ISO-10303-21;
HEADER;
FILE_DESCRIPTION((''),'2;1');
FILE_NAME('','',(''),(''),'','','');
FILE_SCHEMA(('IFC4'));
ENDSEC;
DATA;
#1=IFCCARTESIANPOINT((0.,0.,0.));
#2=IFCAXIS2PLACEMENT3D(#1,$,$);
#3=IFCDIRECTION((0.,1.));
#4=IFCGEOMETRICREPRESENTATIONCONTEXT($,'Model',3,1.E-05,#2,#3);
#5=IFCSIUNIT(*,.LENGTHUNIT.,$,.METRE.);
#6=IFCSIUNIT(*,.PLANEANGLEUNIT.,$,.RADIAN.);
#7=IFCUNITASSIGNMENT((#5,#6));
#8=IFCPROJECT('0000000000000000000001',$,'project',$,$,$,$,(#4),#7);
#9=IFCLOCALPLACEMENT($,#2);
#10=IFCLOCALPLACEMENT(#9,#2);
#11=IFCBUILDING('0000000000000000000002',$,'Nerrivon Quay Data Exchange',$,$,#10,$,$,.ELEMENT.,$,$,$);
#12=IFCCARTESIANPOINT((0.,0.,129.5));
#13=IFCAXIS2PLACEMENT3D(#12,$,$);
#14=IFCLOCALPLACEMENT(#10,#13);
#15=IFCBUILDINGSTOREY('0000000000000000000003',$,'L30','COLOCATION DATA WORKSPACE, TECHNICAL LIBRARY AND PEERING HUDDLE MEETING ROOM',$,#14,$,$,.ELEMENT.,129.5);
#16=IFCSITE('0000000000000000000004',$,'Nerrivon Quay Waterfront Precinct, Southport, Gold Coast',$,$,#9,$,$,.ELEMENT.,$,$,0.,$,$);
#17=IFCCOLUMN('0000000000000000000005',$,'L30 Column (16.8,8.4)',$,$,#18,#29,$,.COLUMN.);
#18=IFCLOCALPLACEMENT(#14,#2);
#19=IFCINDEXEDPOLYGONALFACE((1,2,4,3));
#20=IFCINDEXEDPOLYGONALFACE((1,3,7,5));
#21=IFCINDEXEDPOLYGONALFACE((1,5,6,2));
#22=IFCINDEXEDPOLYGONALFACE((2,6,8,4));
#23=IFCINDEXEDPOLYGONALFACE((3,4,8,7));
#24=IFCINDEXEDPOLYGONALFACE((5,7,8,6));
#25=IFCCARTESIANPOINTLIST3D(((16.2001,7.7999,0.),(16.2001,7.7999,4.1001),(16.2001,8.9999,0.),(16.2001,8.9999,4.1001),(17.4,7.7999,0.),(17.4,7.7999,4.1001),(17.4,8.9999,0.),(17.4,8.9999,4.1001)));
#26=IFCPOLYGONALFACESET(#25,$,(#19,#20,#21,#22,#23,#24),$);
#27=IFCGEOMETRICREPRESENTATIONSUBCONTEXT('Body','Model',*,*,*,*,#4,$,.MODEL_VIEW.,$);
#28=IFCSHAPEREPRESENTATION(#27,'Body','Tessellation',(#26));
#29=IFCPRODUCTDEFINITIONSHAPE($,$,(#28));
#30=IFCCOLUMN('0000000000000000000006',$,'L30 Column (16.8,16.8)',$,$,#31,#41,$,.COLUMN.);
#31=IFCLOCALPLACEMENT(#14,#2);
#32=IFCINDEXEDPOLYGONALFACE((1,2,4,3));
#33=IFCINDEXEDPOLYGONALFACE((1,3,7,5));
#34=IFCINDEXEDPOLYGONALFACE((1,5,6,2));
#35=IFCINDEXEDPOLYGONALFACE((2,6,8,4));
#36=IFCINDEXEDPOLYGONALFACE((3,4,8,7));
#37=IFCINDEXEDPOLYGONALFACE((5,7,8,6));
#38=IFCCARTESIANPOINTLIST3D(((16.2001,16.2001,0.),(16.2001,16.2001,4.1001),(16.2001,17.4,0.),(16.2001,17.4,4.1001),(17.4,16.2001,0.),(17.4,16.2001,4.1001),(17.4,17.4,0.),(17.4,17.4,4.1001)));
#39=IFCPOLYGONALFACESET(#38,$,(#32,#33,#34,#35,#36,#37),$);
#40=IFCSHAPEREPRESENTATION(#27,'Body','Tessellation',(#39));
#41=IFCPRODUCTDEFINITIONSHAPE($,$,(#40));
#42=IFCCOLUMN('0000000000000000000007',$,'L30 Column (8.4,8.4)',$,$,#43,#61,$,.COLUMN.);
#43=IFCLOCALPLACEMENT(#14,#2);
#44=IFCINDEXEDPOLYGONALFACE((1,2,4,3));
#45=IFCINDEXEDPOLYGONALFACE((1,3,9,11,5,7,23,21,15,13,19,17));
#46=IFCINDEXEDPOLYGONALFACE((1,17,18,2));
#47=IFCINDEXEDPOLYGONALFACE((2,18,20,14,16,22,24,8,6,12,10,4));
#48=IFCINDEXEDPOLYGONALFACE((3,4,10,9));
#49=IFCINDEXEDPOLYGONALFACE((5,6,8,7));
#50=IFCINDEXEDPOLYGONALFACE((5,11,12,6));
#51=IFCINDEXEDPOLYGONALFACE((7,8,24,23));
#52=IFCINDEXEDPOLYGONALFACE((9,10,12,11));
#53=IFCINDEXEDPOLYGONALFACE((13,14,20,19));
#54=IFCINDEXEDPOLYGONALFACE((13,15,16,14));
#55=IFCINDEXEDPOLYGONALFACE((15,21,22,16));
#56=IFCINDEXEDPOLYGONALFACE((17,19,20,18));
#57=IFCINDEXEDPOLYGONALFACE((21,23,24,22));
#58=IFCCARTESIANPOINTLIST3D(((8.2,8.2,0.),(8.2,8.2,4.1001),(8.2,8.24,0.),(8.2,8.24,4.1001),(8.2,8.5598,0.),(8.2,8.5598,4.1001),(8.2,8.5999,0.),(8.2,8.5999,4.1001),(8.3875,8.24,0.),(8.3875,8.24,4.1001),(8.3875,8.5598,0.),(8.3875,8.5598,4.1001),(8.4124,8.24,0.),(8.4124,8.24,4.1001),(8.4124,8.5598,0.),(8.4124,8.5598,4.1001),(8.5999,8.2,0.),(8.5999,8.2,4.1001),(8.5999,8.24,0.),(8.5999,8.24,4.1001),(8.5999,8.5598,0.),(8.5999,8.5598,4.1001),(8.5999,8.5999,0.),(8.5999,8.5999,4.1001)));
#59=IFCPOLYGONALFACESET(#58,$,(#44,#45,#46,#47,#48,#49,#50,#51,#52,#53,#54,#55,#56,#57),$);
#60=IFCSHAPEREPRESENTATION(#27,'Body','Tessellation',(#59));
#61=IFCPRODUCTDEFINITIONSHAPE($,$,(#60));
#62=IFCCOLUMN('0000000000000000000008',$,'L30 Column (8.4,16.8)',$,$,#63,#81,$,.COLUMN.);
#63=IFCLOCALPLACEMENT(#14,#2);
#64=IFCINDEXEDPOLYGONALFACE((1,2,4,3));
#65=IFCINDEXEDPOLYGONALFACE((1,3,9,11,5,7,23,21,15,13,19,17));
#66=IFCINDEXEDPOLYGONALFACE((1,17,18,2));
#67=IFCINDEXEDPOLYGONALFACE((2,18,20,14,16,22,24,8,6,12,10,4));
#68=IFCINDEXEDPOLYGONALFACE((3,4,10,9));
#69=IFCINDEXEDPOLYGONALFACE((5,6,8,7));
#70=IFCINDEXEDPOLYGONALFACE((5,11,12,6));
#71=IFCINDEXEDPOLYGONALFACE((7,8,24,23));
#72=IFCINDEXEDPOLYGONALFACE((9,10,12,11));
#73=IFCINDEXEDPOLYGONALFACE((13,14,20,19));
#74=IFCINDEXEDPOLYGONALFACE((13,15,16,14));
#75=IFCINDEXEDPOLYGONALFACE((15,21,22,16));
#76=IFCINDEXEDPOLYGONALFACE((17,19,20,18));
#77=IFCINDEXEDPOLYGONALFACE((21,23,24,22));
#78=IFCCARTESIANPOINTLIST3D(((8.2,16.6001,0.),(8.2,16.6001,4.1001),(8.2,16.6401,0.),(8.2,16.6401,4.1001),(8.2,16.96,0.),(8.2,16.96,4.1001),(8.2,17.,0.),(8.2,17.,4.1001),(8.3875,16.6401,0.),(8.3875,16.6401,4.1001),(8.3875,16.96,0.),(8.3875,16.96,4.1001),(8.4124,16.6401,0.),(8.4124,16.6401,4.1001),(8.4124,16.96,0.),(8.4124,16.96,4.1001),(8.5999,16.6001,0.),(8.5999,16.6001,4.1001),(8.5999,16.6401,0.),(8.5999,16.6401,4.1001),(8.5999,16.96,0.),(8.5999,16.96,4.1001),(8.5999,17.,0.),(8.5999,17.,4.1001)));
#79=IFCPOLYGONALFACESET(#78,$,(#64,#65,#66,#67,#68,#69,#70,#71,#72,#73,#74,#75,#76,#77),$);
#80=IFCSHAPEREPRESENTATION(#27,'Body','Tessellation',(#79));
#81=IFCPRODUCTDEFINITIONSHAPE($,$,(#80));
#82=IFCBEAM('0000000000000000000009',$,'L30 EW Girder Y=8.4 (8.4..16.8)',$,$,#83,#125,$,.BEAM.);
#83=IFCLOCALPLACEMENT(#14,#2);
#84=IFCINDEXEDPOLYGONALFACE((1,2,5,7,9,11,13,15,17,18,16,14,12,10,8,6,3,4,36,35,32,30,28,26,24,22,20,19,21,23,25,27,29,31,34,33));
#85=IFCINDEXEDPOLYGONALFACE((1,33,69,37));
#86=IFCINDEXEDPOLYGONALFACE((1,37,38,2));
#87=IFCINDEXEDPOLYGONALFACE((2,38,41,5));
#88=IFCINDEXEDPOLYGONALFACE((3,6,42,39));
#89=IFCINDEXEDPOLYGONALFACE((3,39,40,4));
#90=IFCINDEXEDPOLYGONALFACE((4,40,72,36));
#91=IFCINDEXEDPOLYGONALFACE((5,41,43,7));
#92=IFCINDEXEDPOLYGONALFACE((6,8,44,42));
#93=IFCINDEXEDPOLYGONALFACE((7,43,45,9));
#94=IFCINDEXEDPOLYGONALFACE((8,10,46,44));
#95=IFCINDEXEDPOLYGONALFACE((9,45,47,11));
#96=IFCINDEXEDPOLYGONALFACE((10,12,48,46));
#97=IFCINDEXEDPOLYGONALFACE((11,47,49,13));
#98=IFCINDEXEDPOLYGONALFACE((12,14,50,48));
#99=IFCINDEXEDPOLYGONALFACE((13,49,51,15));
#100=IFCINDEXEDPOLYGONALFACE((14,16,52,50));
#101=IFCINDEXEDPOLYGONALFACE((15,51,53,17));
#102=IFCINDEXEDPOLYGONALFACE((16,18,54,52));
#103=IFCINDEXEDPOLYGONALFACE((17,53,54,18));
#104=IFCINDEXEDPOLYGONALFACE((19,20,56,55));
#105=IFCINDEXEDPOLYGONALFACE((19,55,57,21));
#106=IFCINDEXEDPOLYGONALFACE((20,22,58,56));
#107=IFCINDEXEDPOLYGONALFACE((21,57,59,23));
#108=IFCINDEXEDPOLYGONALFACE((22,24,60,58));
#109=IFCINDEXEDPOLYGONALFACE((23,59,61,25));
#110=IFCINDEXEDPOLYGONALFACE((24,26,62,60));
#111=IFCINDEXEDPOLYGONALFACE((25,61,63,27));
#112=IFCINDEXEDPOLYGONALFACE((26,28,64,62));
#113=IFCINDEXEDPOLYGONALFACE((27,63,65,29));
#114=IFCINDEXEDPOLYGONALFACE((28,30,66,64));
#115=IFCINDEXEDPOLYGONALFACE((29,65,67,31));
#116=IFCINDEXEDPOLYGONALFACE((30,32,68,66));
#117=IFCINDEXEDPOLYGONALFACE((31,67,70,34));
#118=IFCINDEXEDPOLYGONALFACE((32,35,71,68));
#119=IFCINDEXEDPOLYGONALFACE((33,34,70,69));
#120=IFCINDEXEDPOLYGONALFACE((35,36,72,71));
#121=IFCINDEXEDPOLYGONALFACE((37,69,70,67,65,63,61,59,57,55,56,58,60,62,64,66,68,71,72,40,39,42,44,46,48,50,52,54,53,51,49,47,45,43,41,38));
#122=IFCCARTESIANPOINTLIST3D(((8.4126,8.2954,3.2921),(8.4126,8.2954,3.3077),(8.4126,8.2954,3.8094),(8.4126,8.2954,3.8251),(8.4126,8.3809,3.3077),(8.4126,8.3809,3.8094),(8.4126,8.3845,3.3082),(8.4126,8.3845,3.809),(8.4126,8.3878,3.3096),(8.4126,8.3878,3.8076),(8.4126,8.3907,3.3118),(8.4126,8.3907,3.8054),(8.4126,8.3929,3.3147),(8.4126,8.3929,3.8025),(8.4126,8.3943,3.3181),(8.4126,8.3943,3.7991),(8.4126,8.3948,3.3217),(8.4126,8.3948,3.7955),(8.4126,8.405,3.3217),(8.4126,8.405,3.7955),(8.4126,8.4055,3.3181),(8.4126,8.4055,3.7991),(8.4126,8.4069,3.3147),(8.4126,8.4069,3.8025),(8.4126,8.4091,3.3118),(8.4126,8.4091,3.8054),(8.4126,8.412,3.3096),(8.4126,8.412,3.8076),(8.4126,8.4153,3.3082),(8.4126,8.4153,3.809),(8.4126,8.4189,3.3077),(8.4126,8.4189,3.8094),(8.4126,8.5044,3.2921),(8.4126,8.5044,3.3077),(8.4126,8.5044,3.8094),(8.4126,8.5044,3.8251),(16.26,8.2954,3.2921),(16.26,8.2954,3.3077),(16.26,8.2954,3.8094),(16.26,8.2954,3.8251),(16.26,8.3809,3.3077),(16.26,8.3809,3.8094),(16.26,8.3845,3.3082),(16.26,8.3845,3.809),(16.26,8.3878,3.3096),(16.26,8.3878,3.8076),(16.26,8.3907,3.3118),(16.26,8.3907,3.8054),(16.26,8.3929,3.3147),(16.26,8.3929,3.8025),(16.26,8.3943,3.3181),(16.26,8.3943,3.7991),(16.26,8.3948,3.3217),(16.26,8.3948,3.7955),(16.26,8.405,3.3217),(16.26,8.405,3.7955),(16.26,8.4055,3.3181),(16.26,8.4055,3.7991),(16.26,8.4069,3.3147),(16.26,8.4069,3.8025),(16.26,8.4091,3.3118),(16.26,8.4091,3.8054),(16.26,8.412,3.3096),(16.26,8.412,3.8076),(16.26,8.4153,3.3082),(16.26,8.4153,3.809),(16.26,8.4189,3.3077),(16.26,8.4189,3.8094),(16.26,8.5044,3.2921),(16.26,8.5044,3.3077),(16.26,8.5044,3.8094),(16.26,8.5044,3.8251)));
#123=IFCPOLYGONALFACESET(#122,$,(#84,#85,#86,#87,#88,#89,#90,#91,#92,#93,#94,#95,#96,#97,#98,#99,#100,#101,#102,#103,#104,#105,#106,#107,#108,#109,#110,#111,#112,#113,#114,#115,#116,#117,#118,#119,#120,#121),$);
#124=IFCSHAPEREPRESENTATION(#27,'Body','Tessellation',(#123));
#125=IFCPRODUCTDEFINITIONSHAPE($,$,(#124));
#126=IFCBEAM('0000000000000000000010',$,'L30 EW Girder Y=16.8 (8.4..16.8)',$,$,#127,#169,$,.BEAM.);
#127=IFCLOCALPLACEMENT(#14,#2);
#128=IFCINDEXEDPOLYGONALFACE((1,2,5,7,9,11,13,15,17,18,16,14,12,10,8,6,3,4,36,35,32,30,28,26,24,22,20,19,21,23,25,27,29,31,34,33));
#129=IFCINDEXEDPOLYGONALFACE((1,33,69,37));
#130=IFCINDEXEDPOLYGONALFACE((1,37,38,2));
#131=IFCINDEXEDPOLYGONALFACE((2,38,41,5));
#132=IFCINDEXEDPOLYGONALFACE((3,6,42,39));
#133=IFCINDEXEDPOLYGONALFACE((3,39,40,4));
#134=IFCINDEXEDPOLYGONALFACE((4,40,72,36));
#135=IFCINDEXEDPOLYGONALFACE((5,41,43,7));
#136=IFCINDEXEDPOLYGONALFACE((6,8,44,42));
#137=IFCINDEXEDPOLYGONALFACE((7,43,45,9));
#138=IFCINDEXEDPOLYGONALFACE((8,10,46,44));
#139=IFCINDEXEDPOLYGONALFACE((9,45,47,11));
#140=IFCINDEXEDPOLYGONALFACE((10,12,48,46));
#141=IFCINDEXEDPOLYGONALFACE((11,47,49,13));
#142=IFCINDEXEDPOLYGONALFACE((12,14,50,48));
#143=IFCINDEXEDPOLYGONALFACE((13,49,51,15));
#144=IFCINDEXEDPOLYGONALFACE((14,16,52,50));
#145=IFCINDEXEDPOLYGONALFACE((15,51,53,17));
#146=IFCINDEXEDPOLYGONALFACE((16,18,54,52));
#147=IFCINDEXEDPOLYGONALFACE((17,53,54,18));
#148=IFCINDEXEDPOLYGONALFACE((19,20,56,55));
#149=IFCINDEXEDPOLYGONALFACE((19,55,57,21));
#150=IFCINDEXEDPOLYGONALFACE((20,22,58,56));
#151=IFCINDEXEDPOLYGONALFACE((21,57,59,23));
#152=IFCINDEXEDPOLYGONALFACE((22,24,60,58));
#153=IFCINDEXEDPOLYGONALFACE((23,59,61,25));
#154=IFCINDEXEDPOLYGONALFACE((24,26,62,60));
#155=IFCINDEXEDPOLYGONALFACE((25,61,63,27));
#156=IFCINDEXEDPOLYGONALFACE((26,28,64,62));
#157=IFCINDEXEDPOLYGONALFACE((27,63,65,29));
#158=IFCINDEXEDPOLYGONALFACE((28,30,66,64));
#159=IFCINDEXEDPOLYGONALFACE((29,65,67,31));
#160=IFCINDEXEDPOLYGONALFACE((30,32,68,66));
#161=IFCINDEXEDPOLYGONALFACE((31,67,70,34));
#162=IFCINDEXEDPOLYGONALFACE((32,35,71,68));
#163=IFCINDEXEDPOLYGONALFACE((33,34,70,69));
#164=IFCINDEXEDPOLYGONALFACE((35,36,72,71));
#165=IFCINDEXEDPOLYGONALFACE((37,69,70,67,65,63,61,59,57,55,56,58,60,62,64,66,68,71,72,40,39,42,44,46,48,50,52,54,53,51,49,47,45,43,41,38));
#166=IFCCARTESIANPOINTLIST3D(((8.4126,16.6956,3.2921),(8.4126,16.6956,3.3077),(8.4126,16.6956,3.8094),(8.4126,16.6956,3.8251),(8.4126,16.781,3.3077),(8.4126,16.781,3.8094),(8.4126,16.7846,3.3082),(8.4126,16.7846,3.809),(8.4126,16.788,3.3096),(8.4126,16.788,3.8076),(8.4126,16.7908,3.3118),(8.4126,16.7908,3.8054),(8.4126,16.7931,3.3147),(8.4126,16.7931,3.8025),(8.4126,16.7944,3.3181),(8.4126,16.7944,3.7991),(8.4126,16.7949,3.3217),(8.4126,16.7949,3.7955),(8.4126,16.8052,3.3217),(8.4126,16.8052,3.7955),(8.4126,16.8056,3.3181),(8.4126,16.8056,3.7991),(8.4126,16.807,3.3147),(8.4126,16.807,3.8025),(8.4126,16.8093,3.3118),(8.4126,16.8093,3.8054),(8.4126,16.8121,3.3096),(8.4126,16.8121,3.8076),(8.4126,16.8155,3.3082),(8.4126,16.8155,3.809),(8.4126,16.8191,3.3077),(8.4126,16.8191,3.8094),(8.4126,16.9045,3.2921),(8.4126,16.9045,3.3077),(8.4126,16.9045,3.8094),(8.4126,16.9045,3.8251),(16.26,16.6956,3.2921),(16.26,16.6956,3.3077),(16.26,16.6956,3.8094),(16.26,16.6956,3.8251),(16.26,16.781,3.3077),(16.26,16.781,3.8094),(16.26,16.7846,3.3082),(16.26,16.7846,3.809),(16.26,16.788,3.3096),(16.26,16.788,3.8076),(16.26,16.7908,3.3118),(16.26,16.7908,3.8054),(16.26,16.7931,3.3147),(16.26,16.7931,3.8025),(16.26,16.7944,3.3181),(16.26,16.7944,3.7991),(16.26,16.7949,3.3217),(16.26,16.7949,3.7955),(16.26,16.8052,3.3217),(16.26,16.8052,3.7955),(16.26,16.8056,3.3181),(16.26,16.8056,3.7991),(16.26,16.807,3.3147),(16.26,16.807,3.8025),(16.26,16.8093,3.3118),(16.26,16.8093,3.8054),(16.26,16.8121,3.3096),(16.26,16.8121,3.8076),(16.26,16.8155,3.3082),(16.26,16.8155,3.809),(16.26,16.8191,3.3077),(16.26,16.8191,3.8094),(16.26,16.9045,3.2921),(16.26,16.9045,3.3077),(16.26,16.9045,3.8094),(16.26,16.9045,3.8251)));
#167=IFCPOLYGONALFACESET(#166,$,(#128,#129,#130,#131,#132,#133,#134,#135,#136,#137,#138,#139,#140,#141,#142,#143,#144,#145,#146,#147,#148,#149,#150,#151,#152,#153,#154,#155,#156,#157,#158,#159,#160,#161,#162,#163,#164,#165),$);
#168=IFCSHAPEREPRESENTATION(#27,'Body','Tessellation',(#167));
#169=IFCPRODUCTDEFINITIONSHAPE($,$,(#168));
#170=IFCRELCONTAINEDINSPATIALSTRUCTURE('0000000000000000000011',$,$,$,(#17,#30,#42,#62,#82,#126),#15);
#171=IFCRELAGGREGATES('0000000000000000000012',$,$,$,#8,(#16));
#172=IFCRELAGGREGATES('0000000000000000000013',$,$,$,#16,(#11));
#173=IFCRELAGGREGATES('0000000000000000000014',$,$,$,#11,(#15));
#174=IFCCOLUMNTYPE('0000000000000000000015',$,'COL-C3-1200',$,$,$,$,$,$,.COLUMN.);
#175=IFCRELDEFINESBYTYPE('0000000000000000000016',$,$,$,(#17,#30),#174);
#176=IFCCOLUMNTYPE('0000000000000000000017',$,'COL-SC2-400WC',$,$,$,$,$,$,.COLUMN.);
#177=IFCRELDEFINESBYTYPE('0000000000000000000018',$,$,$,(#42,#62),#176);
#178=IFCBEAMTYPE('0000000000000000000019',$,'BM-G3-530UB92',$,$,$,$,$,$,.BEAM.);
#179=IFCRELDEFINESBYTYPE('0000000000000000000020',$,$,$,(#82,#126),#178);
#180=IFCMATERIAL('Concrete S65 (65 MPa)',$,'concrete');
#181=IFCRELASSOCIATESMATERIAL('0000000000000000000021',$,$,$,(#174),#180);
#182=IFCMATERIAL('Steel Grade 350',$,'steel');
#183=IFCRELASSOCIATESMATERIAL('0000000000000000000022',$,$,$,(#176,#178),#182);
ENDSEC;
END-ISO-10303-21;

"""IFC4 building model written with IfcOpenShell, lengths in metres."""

from ifc_helpers import new_model, si_unit, direction, frame, origin, origin_2d, place, context, subcontext, project, spatial, rectangle, i_section, extrude, material, material_profile, profile_set, type_object, element, save


model = new_model("IFC4")

# Units and contexts
model_context = context("Model", 3, precision=1e-05, world=origin(), true_north=direction((0.0, 1.0)))
body_context = subcontext(model_context, "Body", "Model", "MODEL_VIEW")
ifc_project = project(units=[si_unit("LENGTHUNIT", "METRE"), si_unit("PLANEANGLEUNIT", "RADIAN")], contexts=[model_context])

# Site, building, storey
site_placement = place(None, origin())
site = spatial("IfcSite", under=ifc_project, at=site_placement, Name="Nerrivon Quay Waterfront Precinct, Southport, Gold Coast", CompositionType="ELEMENT", RefElevation=0.0)
building_placement = place(site_placement, origin())
building = spatial("IfcBuilding", under=site, at=building_placement, Name="Nerrivon Quay Data Exchange", CompositionType="ELEMENT")
storey_placement = place(building_placement, frame((0.0, 0.0, 129.5)))
storey = spatial("IfcBuildingStorey", under=building, at=storey_placement, Name="L30", Description="COLOCATION DATA WORKSPACE, TECHNICAL LIBRARY AND PEERING HUDDLE MEETING ROOM", CompositionType="ELEMENT", Elevation=129.5)

# Columns
ifc_material_1 = material(Name="Concrete S65 (65 MPa)", Category="concrete")
ifc_material_profile_1 = material_profile(ifc_material_1, rectangle(XDim=1.2, YDim=1.2, at=origin_2d()), Name="RC-COL-1200x1200")
ifc_profile_set_1 = profile_set([ifc_material_profile_1], Name="Concrete S65 (65 MPa)")
column_type_1 = type_object("IfcColumnType", Name="COL-C3-1200", PredefinedType="COLUMN", material=ifc_profile_set_1)
for number, where, z_axis, x_axis, name in (
    (1, (16.8, 8.3999, 0.0), (0.0, 0.0, 1.0), (1.0, 0.0, 0.0), "L30 Column (16.8,8.4)"),
    (2, (16.8, 16.8, 0.0), (0.0, 0.0, 1.0), (1.0, 0.0, 0.0), "L30 Column (16.8,16.8)"),
):
    element("IfcColumn", number, at=place(storey_placement, frame(where, z_axis=z_axis, x_axis=x_axis)), inside=storey, type_object=column_type_1, Name=name, PredefinedType="COLUMN", context=body_context, shape_type="SweptSolid", body=[
        extrude(rectangle(XDim=1.2, YDim=1.2, at=origin_2d()), origin(), (0.0, 0.0, 1.0), 4.1001),
    ])
ifc_material_2 = material(Name="Steel Grade 350", Category="steel")
ifc_material_profile_2 = material_profile(ifc_material_2, i_section(OverallWidth=0.3999, OverallDepth=0.3999, WebThickness=0.0249, FlangeThickness=0.04, at=origin_2d()), Name="400WC328")
ifc_profile_set_2 = profile_set([ifc_material_profile_2], Name="Steel Grade 350")
column_type_2 = type_object("IfcColumnType", Name="COL-SC2-400WC", PredefinedType="COLUMN", material=ifc_profile_set_2)
for number, where, z_axis, x_axis, name in (
    (3, (8.3999, 8.3999, 0.0), (0.0, 0.0, 1.0), (1.0, 0.0, 0.0), "L30 Column (8.4,8.4)"),
    (4, (8.3999, 16.8, 0.0), (0.0, 0.0, 1.0), (1.0, 0.0, 0.0), "L30 Column (8.4,16.8)"),
):
    element("IfcColumn", number, at=place(storey_placement, frame(where, z_axis=z_axis, x_axis=x_axis)), inside=storey, type_object=column_type_2, Name=name, PredefinedType="COLUMN", context=body_context, shape_type="SweptSolid", body=[
        extrude(i_section(OverallWidth=0.3999, OverallDepth=0.3999, WebThickness=0.0249, FlangeThickness=0.04, at=origin_2d()), origin(), (0.0, 0.0, 1.0), 4.1001),
    ])

# Beams
ifc_material_profile_3 = material_profile(ifc_material_2, i_section(OverallWidth=0.209, OverallDepth=0.533, WebThickness=0.0103, FlangeThickness=0.0156, FilletRadius=0.0139, at=origin_2d()), Name="530UB92.4")
ifc_profile_set_3 = profile_set([ifc_material_profile_3], Name="Steel Grade 350")
beam_type_1 = type_object("IfcBeamType", Name="BM-G3-530UB92", PredefinedType="BEAM", material=ifc_profile_set_3)
for number, where, z_axis, x_axis, name in (
    (5, (8.4126, 8.3999, 3.5586), (1.0, 0.0, 0.0), (0.0, 1.0, 0.0), "L30 EW Girder Y=8.4 (8.4..16.8)"),
    (6, (8.4126, 16.8, 3.5586), (1.0, 0.0, 0.0), (0.0, 1.0, 0.0), "L30 EW Girder Y=16.8 (8.4..16.8)"),
):
    element("IfcBeam", number, at=place(storey_placement, frame(where, z_axis=z_axis, x_axis=x_axis)), inside=storey, type_object=beam_type_1, Name=name, PredefinedType="BEAM", context=body_context, shape_type="SweptSolid", body=[
        extrude(i_section(OverallWidth=0.209, OverallDepth=0.533, WebThickness=0.0103, FlangeThickness=0.0156, FilletRadius=0.0139, at=origin_2d()), origin(), (0.0, 0.0, 1.0), 7.8474),
    ])

save(model, "model.ifc")
